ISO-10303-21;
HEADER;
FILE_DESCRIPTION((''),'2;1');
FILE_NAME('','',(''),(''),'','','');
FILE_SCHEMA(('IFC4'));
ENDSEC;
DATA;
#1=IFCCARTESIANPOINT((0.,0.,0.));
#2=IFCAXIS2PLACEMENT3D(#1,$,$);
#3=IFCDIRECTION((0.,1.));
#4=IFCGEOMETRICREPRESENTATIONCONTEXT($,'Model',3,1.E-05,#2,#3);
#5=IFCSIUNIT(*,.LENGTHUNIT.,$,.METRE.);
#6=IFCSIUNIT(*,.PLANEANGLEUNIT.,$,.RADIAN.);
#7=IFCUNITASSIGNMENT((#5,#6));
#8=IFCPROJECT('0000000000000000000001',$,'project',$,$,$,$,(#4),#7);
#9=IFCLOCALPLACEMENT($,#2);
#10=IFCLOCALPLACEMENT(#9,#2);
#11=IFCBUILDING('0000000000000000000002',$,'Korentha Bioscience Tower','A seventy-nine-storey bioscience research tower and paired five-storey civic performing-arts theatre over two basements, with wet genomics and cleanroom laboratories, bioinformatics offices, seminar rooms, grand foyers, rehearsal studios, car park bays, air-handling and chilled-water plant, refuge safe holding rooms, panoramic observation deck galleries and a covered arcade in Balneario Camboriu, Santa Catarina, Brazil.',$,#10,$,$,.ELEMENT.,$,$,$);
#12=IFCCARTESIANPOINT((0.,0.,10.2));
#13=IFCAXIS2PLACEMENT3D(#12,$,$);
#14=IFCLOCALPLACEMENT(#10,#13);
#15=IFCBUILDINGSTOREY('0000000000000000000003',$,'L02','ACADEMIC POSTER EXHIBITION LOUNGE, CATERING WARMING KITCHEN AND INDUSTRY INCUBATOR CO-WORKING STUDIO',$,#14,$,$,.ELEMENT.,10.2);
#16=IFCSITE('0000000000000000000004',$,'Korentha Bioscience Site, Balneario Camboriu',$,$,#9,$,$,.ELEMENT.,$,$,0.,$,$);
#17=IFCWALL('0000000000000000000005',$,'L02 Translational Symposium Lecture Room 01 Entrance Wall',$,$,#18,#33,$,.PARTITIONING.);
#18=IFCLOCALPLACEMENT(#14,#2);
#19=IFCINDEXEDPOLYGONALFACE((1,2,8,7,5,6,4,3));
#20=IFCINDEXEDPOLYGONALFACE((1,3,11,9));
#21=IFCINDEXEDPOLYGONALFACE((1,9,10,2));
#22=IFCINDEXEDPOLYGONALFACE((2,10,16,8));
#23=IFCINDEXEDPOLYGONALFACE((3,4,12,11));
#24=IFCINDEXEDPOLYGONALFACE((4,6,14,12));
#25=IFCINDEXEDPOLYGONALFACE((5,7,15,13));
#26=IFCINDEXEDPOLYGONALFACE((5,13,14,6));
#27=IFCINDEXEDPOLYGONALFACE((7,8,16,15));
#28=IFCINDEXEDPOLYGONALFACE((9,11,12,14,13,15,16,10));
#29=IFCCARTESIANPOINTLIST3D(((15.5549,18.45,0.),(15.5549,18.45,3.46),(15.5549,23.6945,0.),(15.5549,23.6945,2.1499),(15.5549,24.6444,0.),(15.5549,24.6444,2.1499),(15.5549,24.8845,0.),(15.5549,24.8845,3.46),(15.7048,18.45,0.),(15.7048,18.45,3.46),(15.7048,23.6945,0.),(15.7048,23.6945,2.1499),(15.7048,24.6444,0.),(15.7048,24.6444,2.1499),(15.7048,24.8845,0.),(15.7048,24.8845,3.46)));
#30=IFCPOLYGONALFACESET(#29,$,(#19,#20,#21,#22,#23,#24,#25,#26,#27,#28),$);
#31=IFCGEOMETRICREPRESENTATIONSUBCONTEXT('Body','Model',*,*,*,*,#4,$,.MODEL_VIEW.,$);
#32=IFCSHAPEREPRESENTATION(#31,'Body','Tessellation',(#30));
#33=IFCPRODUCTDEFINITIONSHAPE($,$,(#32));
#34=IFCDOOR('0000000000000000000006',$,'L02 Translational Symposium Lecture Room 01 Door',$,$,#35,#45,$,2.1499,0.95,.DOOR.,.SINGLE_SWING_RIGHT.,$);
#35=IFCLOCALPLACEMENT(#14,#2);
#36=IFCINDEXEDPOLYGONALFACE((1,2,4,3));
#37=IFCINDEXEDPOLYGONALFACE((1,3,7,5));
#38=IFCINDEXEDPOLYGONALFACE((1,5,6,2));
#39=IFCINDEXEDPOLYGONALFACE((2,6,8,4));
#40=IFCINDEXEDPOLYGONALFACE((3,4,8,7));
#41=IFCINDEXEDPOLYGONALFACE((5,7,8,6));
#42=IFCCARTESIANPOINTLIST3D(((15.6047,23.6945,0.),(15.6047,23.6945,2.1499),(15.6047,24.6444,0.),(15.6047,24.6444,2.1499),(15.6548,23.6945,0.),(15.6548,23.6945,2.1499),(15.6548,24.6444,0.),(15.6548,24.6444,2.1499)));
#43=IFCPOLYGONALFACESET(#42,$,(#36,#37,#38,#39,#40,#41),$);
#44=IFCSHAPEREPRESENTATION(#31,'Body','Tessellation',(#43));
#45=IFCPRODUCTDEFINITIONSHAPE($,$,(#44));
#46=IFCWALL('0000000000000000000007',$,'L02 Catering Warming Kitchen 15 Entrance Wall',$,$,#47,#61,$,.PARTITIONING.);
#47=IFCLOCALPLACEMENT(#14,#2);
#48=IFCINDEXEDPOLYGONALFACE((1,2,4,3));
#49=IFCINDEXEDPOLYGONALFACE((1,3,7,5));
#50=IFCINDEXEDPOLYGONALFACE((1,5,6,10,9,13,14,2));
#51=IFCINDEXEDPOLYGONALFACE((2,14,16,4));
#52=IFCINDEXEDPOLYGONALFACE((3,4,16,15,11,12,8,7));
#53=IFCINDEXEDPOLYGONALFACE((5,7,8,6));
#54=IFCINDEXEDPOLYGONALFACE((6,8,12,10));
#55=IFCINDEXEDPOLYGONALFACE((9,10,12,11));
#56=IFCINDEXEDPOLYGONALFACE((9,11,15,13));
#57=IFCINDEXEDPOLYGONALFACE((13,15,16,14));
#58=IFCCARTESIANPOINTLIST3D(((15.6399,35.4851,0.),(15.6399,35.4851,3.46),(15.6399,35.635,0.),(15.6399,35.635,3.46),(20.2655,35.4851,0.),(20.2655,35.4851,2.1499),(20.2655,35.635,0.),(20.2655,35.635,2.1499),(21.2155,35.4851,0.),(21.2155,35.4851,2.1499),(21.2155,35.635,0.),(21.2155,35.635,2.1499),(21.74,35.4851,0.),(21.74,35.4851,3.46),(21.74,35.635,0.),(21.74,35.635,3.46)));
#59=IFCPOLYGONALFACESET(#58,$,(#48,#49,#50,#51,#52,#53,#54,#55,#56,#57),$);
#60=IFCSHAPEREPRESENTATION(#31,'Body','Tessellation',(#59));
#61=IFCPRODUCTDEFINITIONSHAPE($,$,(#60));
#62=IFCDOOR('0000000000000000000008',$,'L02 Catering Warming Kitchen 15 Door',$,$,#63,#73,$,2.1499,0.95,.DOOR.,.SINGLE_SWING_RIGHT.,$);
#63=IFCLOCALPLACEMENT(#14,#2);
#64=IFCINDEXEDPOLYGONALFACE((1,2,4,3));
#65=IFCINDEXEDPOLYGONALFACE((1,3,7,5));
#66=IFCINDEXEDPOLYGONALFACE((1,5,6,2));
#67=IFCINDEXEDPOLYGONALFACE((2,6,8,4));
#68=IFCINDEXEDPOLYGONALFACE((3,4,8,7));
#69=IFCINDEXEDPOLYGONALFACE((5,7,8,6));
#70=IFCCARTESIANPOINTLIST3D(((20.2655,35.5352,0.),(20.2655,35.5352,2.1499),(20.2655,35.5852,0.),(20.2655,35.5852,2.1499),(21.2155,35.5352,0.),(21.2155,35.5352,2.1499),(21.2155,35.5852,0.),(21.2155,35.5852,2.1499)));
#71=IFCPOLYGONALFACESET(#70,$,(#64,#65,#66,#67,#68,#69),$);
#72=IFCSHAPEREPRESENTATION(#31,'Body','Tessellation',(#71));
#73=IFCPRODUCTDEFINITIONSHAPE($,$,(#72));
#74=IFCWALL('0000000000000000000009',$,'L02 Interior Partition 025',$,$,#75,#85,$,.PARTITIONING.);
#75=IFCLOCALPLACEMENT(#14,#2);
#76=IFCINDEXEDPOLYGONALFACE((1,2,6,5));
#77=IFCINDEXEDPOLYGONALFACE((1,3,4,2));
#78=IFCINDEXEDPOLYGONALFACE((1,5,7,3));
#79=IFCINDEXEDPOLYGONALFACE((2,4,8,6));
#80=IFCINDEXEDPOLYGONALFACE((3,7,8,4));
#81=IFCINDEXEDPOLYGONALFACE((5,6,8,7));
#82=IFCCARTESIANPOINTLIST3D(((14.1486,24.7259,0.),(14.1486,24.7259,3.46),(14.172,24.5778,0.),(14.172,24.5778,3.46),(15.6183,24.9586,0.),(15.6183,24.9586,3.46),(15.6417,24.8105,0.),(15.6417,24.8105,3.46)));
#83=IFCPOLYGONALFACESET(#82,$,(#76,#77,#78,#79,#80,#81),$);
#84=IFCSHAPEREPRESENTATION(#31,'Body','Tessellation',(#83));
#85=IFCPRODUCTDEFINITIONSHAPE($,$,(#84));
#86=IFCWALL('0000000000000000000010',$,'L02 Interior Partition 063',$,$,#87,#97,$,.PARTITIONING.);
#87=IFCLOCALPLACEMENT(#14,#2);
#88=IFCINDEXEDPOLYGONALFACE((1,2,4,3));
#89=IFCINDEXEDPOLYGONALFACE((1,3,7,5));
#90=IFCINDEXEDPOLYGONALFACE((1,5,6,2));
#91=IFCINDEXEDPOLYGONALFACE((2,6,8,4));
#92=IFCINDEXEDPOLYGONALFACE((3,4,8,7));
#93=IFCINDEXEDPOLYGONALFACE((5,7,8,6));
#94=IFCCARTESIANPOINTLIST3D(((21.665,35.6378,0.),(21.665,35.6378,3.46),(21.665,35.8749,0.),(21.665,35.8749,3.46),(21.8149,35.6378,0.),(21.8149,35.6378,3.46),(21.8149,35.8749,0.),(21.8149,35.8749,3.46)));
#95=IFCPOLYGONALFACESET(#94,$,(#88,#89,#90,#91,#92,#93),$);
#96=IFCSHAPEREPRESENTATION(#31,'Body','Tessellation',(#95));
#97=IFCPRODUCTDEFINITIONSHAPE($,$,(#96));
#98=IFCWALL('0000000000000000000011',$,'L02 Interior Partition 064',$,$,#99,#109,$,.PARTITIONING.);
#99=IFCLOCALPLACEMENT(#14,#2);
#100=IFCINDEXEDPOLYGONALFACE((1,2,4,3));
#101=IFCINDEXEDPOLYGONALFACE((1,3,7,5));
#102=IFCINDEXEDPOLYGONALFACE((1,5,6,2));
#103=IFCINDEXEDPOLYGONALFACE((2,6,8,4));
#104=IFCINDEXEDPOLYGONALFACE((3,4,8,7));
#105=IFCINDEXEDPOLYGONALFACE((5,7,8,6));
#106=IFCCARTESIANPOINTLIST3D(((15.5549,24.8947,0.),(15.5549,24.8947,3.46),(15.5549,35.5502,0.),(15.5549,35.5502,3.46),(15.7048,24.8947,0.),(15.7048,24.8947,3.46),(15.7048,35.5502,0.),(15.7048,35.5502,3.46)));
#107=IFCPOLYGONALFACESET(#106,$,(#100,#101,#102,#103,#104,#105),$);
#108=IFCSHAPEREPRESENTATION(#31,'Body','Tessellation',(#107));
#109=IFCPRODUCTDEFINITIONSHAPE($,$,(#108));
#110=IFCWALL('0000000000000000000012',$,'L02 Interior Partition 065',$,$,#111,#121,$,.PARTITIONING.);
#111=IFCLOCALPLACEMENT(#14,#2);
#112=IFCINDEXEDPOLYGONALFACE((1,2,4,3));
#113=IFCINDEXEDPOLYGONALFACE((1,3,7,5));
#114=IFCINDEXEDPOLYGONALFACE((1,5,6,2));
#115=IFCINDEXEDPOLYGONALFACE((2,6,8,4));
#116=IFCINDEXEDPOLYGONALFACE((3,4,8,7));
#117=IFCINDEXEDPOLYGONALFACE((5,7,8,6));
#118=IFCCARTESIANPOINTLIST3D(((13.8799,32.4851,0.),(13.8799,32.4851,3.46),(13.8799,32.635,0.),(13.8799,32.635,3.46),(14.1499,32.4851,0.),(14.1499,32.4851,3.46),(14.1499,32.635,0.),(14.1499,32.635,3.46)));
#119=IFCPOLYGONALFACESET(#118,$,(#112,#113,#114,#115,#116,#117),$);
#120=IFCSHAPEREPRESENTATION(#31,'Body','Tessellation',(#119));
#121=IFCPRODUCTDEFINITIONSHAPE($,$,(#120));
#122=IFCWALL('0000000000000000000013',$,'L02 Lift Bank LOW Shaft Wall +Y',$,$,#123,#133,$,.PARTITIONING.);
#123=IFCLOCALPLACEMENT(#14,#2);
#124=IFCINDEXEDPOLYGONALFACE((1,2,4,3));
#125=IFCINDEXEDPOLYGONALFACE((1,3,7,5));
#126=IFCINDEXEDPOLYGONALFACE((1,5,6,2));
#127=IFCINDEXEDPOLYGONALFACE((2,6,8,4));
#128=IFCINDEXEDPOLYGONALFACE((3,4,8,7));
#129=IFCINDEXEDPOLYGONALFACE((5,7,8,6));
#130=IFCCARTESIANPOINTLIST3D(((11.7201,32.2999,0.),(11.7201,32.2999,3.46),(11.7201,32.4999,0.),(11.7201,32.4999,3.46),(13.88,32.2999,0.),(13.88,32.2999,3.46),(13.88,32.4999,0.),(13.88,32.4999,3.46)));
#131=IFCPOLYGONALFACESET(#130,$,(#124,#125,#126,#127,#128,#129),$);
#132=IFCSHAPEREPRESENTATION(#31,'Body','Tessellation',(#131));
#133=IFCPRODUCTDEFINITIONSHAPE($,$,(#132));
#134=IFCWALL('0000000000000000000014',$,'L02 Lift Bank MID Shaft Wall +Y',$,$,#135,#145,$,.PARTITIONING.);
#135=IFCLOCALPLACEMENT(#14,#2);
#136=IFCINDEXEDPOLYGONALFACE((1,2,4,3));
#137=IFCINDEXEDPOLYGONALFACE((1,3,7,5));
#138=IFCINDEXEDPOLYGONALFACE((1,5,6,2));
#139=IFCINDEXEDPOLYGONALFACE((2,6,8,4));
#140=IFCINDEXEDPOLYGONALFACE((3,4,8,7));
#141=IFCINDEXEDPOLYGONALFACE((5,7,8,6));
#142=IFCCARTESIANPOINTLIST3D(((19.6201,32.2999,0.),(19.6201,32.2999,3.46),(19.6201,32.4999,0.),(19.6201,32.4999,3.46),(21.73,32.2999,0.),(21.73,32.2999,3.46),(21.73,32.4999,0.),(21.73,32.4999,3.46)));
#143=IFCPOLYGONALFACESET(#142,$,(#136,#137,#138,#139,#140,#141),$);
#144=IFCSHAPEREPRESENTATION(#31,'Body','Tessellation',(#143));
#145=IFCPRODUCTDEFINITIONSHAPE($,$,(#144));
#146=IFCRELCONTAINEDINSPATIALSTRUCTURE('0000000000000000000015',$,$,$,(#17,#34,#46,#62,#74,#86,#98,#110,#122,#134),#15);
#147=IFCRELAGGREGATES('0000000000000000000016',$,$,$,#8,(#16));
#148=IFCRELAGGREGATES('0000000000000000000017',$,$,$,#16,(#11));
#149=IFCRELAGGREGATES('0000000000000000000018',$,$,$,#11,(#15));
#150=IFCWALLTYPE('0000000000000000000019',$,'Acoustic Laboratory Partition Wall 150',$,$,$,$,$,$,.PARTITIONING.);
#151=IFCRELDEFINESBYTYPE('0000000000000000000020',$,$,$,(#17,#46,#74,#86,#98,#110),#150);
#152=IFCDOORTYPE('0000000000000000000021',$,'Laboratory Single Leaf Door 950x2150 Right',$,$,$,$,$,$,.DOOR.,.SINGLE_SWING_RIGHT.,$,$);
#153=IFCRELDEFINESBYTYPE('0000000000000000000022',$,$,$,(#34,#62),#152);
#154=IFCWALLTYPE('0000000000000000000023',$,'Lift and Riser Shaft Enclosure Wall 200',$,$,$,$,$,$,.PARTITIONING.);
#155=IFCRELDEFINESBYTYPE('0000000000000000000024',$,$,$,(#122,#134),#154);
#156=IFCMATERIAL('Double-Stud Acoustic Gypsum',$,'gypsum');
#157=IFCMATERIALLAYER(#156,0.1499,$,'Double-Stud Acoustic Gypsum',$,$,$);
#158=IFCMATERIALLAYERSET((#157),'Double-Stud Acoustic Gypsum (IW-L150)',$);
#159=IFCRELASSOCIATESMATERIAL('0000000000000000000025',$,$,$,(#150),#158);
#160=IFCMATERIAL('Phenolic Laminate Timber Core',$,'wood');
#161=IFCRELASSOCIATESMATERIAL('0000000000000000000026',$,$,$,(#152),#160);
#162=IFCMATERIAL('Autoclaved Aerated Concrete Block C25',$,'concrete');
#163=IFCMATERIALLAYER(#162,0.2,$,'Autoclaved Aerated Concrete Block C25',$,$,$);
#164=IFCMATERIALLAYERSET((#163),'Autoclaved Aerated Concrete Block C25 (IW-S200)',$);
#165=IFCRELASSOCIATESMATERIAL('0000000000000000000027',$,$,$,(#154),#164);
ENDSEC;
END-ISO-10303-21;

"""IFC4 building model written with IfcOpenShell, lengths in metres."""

from ifc_helpers import new_model, si_unit, direction, frame, frame_2d, origin, place, context, subcontext, project, spatial, rectangle, extrude, material, layer, layer_set, type_object, element, fill, save


model = new_model("IFC4")

# Units and contexts
model_context = context("Model", 3, precision=1e-05, world=origin(), true_north=direction((0.0, 1.0)))
body_context = subcontext(model_context, "Body", "Model", "MODEL_VIEW")
ifc_project = project(units=[si_unit("LENGTHUNIT", "METRE"), si_unit("PLANEANGLEUNIT", "RADIAN")], contexts=[model_context])

# Site, building, storey
site_placement = place(None, origin())
site = spatial("IfcSite", under=ifc_project, at=site_placement, Name="Korentha Bioscience Site, Balneario Camboriu", CompositionType="ELEMENT", RefElevation=0.0)
building_placement = place(site_placement, origin())
building = spatial("IfcBuilding", under=site, at=building_placement, Name="Korentha Bioscience Tower", Description="A seventy-nine-storey bioscience research tower and paired five-storey civic performing-arts theatre over two basements, with wet genomics and cleanroom laboratories, bioinformatics offices, seminar rooms, grand foyers, rehearsal studios, car park bays, air-handling and chilled-water plant, refuge safe holding rooms, panoramic observation deck galleries and a covered arcade in Balneario Camboriu, Santa Catarina, Brazil.", CompositionType="ELEMENT")
storey_placement = place(building_placement, frame((0.0, 0.0, 10.2)))
storey = spatial("IfcBuildingStorey", under=building, at=storey_placement, Name="L02", Description="ACADEMIC POSTER EXHIBITION LOUNGE, CATERING WARMING KITCHEN AND INDUSTRY INCUBATOR CO-WORKING STUDIO", CompositionType="ELEMENT", Elevation=10.2)

# Walls, openings, doors
ifc_material_1 = material(Name="Double-Stud Acoustic Gypsum", Category="gypsum")
ifc_layer_1 = layer(ifc_material_1, 0.1499, Name="Double-Stud Acoustic Gypsum")
ifc_layer_set_1 = layer_set([ifc_layer_1], Name="Double-Stud Acoustic Gypsum (IW-L150)")
wall_type_1 = type_object("IfcWallType", Name="Acoustic Laboratory Partition Wall 150", PredefinedType="PARTITIONING", material=ifc_layer_set_1)
wall_1_placement = place(storey_placement, frame((15.6299, 24.8845, 0.0), z_axis=(0.0, 0.0, 1.0), x_axis=(0.0, -1.0, 0.0)))
wall_1 = element("IfcWall", 1, at=wall_1_placement, inside=storey, type_object=wall_type_1, Name="L02 Translational Symposium Lecture Room 01 Entrance Wall", PredefinedType="PARTITIONING", context=body_context, shape_type="SweptSolid", body=[
    extrude(rectangle(XDim=6.4346, YDim=0.1499, at=frame_2d((3.2173, 0.0))), origin(), (0.0, 0.0, 1.0), 3.46),
])
opening_1_placement = place(wall_1_placement, frame((0.24, 0.0, 0.0)))
opening_1 = element("IfcOpeningElement", 2, at=opening_1_placement, cuts=wall_1, PredefinedType="OPENING", context=body_context, shape_type="SweptSolid", body=[
    extrude(rectangle(XDim=0.95, YDim=2.1499, at=frame_2d((0.4751, 1.075))), frame((0.0, 0.0898, 0.0), z_axis=(0.0, -1.0, 0.0), x_axis=(1.0, 0.0, 0.0)), (0.0, 0.0, 1.0), 0.1797),
])
ifc_material_2 = material(Name="Phenolic Laminate Timber Core", Category="wood")
door_type_1 = type_object("IfcDoorType", Name="Laboratory Single Leaf Door 950x2150 Right", OperationType="SINGLE_SWING_RIGHT", PredefinedType="DOOR", material=ifc_material_2)
door_1_placement = place(opening_1_placement, origin())
door_1 = element("IfcDoor", 3, at=door_1_placement, inside=storey, type_object=door_type_1, Name="L02 Translational Symposium Lecture Room 01 Door", OperationType="SINGLE_SWING_RIGHT", OverallHeight=2.1499, OverallWidth=0.95, PredefinedType="DOOR", context=body_context, shape_type="SweptSolid", body=[
    extrude(rectangle(XDim=0.95, YDim=2.1499, at=frame_2d((0.4751, 1.075))), frame((0.0, 0.0249, 0.0), z_axis=(0.0, -1.0, 0.0), x_axis=(1.0, 0.0, 0.0)), (0.0, 0.0, 1.0), 0.05),
])
fill(opening_1, door_1)
wall_2_placement = place(storey_placement, frame((21.74, 35.5601, 0.0), z_axis=(0.0, 0.0, 1.0), x_axis=(-1.0, 0.0, 0.0)))
wall_2 = element("IfcWall", 4, at=wall_2_placement, inside=storey, type_object=wall_type_1, Name="L02 Catering Warming Kitchen 15 Entrance Wall", PredefinedType="PARTITIONING", context=body_context, shape_type="SweptSolid", body=[
    extrude(rectangle(XDim=6.1001, YDim=0.1499, at=frame_2d((3.05, 0.0))), origin(), (0.0, 0.0, 1.0), 3.46),
])
opening_2_placement = place(wall_2_placement, frame((0.5244, 0.0, 0.0)))
opening_2 = element("IfcOpeningElement", 5, at=opening_2_placement, cuts=wall_2, PredefinedType="OPENING", context=body_context, shape_type="SweptSolid", body=[
    extrude(rectangle(XDim=0.95, YDim=2.1499, at=frame_2d((0.4751, 1.075))), frame((0.0, 0.0898, 0.0), z_axis=(0.0, -1.0, 0.0), x_axis=(1.0, 0.0, 0.0)), (0.0, 0.0, 1.0), 0.1797),
])
door_2_placement = place(opening_2_placement, origin())
door_2 = element("IfcDoor", 6, at=door_2_placement, inside=storey, type_object=door_type_1, Name="L02 Catering Warming Kitchen 15 Door", OperationType="SINGLE_SWING_RIGHT", OverallHeight=2.1499, OverallWidth=0.95, PredefinedType="DOOR", context=body_context, shape_type="SweptSolid", body=[
    extrude(rectangle(XDim=0.95, YDim=2.1499, at=frame_2d((0.4751, 1.075))), frame((0.0, 0.0249, 0.0), z_axis=(0.0, -1.0, 0.0), x_axis=(1.0, 0.0, 0.0)), (0.0, 0.0, 1.0), 0.05),
])
fill(opening_2, door_2)

# Walls
wall_3_placement = place(storey_placement, frame((14.1602, 24.6519, 0.0), z_axis=(0.0, 0.0, 1.0), x_axis=(0.9877, 0.156359, 0.0)))
element("IfcWall", 7, at=wall_3_placement, inside=storey, type_object=wall_type_1, Name="L02 Interior Partition 025", PredefinedType="PARTITIONING", context=body_context, shape_type="SweptSolid", body=[
    extrude(rectangle(XDim=1.488, YDim=0.1499, at=frame_2d((0.7441, 0.0))), origin(), (0.0, 0.0, 1.0), 3.46),
])
wall_4_placement = place(storey_placement, frame((21.74, 35.875, 0.0), z_axis=(0.0, 0.0, 1.0), x_axis=(0.0, -1.0, 0.0)))
element("IfcWall", 8, at=wall_4_placement, inside=storey, type_object=wall_type_1, Name="L02 Interior Partition 063", PredefinedType="PARTITIONING", context=body_context, shape_type="SweptSolid", body=[
    extrude(rectangle(XDim=0.2371, YDim=0.1499, at=frame_2d((0.1187, 0.0))), origin(), (0.0, 0.0, 1.0), 3.46),
])
wall_5_placement = place(storey_placement, frame((15.6299, 35.55, 0.0), z_axis=(0.0, 0.0, 1.0), x_axis=(0.0, -1.0, 0.0)))
element("IfcWall", 9, at=wall_5_placement, inside=storey, type_object=wall_type_1, Name="L02 Interior Partition 064", PredefinedType="PARTITIONING", context=body_context, shape_type="SweptSolid", body=[
    extrude(rectangle(XDim=10.6555, YDim=0.1499, at=frame_2d((5.3276, 0.0))), origin(), (0.0, 0.0, 1.0), 3.46),
])
wall_6_placement = place(storey_placement, frame((14.1499, 32.5601, 0.0), z_axis=(0.0, 0.0, 1.0), x_axis=(-1.0, 0.0, 0.0)))
element("IfcWall", 10, at=wall_6_placement, inside=storey, type_object=wall_type_1, Name="L02 Interior Partition 065", PredefinedType="PARTITIONING", context=body_context, shape_type="SweptSolid", body=[
    extrude(rectangle(XDim=0.27, YDim=0.1499, at=frame_2d((0.135, 0.0))), origin(), (0.0, 0.0, 1.0), 3.46),
])

# Walls
ifc_material_3 = material(Name="Autoclaved Aerated Concrete Block C25", Category="concrete")
ifc_layer_2 = layer(ifc_material_3, 0.2, Name="Autoclaved Aerated Concrete Block C25")
ifc_layer_set_2 = layer_set([ifc_layer_2], Name="Autoclaved Aerated Concrete Block C25 (IW-S200)")
wall_type_2 = type_object("IfcWallType", Name="Lift and Riser Shaft Enclosure Wall 200", PredefinedType="PARTITIONING", material=ifc_layer_set_2)
wall_7_placement = place(storey_placement, frame((11.72, 32.3999, 0.0), z_axis=(0.0, 0.0, 1.0), x_axis=(1.0, 0.0, 0.0)))
element("IfcWall", 11, at=wall_7_placement, inside=storey, type_object=wall_type_2, Name="L02 Lift Bank LOW Shaft Wall +Y", PredefinedType="PARTITIONING", context=body_context, shape_type="SweptSolid", body=[
    extrude(rectangle(XDim=2.1599, YDim=0.2, at=frame_2d((1.0801, 0.0))), origin(), (0.0, 0.0, 1.0), 3.46),
])
wall_8_placement = place(storey_placement, frame((19.6201, 32.3999, 0.0), z_axis=(0.0, 0.0, 1.0), x_axis=(1.0, 0.0, 0.0)))
element("IfcWall", 12, at=wall_8_placement, inside=storey, type_object=wall_type_2, Name="L02 Lift Bank MID Shaft Wall +Y", PredefinedType="PARTITIONING", context=body_context, shape_type="SweptSolid", body=[
    extrude(rectangle(XDim=2.1099, YDim=0.2, at=frame_2d((1.0549, 0.0))), origin(), (0.0, 0.0, 1.0), 3.46),
])

save(model, "model.ifc")
